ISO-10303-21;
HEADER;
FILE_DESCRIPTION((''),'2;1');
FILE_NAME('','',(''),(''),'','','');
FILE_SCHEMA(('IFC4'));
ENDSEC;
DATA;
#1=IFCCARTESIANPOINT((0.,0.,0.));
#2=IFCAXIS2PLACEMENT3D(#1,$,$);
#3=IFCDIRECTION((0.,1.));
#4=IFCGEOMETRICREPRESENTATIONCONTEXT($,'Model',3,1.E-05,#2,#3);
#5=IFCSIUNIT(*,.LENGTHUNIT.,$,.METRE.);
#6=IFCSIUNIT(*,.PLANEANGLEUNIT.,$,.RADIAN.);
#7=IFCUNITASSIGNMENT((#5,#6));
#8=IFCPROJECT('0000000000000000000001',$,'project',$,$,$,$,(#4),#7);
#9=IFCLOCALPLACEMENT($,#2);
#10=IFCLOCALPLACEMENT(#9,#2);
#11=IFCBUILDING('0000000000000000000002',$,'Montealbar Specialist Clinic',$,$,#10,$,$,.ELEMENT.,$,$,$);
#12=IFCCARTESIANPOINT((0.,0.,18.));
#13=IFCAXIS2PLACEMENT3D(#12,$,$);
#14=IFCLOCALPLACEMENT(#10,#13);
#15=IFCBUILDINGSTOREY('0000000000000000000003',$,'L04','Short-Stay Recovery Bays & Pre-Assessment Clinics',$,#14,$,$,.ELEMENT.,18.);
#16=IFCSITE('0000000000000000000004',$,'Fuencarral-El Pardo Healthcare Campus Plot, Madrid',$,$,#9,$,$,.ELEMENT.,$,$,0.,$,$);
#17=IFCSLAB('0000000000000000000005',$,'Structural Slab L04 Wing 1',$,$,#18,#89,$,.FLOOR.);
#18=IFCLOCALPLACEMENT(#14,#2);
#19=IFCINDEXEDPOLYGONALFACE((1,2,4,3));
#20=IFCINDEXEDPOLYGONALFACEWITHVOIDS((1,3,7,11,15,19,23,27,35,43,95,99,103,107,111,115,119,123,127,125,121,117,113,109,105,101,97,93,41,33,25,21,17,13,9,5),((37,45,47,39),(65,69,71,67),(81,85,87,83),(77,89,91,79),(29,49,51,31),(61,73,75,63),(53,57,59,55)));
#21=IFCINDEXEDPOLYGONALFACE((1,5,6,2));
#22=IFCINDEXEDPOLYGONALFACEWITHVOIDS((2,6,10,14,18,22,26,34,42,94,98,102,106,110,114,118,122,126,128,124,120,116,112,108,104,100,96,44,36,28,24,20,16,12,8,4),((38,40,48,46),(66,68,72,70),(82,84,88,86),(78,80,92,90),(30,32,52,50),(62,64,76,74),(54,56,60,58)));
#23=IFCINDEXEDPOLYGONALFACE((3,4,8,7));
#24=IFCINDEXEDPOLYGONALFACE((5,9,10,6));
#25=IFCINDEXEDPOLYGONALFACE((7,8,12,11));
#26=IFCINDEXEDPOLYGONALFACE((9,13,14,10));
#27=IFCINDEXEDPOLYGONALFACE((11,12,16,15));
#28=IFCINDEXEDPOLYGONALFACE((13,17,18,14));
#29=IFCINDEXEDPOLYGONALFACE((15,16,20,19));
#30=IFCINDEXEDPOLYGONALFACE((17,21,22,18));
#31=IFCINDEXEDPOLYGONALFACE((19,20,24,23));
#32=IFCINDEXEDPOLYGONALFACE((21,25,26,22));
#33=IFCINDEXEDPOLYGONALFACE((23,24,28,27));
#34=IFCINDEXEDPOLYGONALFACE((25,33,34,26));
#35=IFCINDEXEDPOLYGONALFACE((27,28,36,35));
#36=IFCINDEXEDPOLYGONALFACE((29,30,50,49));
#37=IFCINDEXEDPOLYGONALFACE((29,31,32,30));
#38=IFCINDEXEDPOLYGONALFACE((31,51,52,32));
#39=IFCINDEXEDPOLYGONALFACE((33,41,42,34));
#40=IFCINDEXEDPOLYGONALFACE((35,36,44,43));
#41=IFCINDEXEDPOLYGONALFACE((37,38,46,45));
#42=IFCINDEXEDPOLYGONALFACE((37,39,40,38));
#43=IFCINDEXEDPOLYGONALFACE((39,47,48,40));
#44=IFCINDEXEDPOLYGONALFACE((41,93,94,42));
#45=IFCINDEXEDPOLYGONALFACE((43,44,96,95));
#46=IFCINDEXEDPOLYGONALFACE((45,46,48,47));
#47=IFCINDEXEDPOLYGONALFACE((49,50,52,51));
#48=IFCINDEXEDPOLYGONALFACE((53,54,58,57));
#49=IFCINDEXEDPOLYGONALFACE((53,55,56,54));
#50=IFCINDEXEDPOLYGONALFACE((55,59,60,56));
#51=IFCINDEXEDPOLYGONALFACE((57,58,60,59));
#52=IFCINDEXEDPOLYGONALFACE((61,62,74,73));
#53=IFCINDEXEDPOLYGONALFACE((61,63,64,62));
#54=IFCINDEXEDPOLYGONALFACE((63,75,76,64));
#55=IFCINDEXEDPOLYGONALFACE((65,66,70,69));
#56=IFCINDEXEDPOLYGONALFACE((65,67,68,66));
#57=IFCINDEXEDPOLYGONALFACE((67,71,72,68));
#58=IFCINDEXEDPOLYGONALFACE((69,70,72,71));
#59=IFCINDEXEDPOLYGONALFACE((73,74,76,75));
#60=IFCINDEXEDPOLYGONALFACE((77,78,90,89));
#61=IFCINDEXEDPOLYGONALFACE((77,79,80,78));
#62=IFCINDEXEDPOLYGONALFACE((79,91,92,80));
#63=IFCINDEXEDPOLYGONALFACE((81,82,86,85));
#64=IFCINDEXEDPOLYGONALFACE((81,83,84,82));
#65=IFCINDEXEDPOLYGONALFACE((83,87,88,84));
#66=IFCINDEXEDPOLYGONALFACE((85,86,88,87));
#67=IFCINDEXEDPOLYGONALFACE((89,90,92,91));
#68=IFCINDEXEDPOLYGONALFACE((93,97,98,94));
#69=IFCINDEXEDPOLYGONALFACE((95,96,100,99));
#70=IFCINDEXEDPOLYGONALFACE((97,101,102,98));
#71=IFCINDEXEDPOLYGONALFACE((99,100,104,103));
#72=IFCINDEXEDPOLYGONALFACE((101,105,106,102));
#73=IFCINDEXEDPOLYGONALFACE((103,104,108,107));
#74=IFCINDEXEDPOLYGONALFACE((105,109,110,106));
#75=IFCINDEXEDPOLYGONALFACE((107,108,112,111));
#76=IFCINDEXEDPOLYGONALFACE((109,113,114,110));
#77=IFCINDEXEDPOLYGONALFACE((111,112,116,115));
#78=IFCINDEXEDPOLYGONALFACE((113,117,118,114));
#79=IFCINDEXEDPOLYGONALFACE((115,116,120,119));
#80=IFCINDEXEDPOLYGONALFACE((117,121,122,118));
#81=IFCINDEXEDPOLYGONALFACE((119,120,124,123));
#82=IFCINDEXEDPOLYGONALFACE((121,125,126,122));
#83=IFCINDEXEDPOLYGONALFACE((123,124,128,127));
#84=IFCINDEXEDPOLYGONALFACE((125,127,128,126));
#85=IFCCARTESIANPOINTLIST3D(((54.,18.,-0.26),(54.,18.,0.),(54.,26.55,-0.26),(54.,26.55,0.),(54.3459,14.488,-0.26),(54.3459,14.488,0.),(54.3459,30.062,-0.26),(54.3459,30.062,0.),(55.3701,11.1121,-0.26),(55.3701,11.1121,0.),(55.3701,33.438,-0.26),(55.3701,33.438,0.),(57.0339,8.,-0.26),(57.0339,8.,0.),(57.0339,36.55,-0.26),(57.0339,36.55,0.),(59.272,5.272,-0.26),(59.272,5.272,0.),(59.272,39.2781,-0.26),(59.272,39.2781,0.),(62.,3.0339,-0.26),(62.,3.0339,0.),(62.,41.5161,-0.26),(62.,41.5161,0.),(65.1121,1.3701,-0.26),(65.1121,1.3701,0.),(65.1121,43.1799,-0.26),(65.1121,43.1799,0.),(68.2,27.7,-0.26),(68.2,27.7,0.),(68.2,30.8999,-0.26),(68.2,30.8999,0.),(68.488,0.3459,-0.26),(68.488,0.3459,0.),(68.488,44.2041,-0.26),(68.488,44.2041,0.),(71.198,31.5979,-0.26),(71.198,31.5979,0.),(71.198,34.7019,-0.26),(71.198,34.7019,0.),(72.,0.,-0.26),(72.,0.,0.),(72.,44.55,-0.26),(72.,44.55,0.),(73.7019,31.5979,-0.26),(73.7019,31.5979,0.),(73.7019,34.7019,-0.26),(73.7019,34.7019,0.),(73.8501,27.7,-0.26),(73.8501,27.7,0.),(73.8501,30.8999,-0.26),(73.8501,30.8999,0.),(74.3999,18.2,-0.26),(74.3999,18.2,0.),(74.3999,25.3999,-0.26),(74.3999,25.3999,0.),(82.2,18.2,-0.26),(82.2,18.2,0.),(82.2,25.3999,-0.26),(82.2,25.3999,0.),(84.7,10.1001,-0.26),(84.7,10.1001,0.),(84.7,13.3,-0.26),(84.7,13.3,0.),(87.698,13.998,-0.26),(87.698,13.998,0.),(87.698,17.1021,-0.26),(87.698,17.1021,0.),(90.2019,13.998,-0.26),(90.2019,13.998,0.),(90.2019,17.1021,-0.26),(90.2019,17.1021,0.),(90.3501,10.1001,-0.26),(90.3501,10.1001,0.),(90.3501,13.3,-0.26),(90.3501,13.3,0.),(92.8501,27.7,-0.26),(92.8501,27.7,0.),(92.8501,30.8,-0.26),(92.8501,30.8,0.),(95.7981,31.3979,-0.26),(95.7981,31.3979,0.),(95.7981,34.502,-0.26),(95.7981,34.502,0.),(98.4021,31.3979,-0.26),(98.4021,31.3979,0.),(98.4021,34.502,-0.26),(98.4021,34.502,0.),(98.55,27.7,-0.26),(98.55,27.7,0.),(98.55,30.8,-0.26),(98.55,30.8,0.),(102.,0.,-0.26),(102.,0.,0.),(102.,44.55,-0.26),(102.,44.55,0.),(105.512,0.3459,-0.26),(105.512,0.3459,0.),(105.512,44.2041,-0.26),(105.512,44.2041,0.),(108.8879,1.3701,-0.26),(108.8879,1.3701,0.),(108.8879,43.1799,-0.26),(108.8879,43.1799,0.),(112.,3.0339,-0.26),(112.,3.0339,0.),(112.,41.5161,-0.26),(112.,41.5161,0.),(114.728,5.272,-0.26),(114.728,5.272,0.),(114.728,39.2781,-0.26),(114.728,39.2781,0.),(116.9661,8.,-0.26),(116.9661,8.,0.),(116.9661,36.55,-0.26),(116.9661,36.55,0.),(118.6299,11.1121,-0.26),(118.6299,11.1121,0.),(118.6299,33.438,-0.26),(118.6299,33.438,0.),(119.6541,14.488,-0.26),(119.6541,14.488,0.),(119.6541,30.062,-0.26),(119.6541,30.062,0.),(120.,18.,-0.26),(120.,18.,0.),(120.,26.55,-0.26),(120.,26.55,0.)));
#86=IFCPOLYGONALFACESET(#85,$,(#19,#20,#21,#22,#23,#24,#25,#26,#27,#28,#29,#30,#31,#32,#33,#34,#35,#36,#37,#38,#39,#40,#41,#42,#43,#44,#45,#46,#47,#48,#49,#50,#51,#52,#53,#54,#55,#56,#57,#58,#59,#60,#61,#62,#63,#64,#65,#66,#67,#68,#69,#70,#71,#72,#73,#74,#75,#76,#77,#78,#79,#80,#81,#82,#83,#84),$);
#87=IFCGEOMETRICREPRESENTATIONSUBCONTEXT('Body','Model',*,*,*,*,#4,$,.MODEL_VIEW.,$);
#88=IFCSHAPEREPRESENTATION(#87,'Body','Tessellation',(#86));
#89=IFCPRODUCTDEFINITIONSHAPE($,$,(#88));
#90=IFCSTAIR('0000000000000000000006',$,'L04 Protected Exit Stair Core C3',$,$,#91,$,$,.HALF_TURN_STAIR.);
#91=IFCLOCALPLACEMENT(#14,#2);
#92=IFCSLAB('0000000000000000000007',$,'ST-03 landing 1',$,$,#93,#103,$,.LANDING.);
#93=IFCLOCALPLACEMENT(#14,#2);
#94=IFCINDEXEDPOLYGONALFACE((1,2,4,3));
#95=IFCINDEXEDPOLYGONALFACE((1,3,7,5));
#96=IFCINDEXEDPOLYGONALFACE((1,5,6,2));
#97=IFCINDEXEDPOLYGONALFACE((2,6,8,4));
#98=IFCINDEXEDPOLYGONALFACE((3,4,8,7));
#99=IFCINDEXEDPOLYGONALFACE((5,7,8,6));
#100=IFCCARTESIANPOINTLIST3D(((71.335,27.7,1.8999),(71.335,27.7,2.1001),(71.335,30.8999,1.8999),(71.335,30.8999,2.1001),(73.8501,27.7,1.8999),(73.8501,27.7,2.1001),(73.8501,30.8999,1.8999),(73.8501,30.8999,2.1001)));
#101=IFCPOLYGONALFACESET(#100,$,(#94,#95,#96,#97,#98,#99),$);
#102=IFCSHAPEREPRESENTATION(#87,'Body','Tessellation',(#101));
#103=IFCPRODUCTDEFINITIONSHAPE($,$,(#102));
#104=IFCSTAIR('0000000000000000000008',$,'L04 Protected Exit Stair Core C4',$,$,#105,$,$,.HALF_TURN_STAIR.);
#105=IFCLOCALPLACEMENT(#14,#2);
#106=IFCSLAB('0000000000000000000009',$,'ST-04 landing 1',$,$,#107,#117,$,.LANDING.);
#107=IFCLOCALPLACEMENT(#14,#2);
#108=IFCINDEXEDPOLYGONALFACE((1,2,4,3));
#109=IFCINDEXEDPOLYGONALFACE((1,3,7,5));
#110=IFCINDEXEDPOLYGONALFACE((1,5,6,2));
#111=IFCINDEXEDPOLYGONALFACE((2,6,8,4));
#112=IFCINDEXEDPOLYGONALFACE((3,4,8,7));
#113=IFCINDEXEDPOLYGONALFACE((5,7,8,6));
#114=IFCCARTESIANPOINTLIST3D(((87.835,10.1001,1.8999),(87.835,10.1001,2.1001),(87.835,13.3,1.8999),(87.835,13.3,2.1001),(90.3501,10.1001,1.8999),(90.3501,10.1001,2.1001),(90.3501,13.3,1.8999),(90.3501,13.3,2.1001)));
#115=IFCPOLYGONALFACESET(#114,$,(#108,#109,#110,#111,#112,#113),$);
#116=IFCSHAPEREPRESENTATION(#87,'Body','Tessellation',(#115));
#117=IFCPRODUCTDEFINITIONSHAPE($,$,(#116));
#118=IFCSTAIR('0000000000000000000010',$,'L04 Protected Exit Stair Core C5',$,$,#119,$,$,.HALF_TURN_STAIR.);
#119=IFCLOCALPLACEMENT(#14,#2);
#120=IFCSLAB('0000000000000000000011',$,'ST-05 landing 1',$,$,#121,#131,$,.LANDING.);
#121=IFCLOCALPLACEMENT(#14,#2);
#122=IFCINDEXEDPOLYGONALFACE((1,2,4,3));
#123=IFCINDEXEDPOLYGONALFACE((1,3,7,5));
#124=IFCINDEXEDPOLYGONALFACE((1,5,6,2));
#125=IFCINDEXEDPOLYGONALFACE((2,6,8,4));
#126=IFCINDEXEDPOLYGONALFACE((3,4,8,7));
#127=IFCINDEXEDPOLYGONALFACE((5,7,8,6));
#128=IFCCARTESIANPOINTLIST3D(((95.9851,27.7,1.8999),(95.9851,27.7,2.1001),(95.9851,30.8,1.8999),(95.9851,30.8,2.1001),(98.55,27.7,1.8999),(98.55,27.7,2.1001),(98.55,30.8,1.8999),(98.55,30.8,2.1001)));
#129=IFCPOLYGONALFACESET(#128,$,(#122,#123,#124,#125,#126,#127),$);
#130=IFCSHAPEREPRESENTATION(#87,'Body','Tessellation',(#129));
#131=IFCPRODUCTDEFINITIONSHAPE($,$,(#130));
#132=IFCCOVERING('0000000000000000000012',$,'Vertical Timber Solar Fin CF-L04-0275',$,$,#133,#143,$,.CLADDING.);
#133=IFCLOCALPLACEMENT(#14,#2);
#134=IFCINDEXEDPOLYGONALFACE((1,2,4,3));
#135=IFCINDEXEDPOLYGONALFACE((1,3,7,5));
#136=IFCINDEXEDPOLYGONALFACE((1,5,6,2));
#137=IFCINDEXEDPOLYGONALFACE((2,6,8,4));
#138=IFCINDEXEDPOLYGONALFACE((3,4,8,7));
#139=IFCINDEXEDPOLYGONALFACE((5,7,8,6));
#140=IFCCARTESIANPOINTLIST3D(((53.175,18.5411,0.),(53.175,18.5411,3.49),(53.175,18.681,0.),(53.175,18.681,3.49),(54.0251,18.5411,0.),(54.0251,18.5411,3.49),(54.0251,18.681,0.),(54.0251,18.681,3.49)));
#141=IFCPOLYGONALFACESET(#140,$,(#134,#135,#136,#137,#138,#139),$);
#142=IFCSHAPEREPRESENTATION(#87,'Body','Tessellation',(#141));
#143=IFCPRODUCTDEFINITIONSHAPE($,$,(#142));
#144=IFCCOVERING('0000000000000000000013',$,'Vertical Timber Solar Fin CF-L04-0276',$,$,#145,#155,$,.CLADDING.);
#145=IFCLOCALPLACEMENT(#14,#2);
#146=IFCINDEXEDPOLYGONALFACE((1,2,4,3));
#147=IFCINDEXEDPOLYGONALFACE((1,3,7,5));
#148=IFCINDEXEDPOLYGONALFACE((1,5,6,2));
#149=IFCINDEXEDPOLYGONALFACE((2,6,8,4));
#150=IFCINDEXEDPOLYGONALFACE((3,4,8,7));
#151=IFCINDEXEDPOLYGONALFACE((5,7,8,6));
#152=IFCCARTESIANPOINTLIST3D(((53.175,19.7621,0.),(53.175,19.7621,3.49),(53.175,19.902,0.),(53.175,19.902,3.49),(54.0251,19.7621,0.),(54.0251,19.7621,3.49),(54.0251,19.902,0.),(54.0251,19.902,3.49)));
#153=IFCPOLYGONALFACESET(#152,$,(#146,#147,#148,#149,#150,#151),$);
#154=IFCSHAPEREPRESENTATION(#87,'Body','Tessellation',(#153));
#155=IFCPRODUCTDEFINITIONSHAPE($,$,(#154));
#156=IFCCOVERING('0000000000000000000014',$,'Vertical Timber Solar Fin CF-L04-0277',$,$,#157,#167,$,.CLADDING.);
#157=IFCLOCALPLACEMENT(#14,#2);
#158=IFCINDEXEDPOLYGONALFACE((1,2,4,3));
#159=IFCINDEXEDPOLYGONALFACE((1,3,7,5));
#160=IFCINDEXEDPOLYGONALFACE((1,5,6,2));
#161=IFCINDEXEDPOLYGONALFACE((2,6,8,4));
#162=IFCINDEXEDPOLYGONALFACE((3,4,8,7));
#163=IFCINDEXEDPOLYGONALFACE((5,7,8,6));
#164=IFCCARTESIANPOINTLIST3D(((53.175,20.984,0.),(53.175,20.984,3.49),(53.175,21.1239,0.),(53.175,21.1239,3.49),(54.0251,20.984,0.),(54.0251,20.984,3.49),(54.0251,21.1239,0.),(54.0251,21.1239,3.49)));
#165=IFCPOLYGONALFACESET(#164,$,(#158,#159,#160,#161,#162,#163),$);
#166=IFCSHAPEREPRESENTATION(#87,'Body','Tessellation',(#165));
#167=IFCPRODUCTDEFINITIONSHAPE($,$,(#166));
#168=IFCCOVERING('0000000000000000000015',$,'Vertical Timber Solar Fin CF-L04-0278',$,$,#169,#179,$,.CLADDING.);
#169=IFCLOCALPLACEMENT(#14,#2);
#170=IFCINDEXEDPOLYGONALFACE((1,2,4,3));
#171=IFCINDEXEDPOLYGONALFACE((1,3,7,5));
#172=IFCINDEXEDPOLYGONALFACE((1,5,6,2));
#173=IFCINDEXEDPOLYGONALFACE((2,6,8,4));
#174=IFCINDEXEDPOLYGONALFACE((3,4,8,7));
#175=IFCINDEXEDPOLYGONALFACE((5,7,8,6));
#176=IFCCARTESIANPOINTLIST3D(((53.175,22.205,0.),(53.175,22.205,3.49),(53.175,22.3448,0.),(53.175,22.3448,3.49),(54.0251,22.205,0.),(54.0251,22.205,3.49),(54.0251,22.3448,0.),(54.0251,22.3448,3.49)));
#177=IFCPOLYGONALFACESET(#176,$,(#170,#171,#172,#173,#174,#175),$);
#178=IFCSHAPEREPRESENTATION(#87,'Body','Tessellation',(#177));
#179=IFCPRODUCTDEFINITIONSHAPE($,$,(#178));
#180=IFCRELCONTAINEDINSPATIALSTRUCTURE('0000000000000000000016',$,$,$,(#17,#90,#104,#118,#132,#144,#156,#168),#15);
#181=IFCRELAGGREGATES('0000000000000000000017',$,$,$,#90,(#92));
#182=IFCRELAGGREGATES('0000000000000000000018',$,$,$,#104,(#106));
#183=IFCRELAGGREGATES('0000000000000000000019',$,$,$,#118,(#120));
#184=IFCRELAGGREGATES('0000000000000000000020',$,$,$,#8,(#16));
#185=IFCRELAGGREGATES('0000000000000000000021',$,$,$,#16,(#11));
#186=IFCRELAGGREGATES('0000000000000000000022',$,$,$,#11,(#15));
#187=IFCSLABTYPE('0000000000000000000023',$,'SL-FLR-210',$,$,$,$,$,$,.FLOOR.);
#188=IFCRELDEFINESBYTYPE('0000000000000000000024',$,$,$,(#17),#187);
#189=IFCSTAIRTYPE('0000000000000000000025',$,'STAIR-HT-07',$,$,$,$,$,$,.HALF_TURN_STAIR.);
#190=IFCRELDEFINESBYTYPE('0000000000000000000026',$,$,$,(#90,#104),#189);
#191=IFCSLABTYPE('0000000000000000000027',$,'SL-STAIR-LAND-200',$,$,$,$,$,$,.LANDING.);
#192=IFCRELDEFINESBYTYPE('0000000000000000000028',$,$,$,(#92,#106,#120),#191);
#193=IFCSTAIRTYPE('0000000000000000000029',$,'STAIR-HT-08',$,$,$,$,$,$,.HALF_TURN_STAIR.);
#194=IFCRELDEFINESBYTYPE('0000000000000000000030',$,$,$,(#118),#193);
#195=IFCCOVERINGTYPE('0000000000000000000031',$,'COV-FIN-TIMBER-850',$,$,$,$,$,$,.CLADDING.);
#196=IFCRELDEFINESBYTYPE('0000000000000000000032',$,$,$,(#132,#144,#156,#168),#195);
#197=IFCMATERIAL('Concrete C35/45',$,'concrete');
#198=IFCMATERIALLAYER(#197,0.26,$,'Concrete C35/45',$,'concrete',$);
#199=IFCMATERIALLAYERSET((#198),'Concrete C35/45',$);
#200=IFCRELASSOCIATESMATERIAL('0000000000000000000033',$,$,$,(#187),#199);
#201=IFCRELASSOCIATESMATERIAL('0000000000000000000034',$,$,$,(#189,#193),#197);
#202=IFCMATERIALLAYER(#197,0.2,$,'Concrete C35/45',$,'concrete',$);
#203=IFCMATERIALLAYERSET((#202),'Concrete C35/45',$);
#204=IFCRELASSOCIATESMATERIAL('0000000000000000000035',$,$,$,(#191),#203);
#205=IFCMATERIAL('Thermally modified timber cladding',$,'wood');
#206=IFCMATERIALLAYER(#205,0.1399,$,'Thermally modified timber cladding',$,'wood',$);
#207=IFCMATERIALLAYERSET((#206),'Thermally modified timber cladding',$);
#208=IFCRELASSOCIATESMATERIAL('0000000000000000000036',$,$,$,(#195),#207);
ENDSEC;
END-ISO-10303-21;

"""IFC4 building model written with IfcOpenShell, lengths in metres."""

from ifc_helpers import new_model, si_unit, direction, frame, origin, origin_2d, place, context, subcontext, project, spatial, polyline, rectangle, outline, extrude, material, layer, layer_set, type_object, element, aggregate, save


model = new_model("IFC4")

# Units and contexts
model_context = context("Model", 3, precision=1e-05, world=origin(), true_north=direction((0.0, 1.0)))
body_context = subcontext(model_context, "Body", "Model", "MODEL_VIEW")
ifc_project = project(units=[si_unit("LENGTHUNIT", "METRE"), si_unit("PLANEANGLEUNIT", "RADIAN")], contexts=[model_context])

# Site, building, storey
site_placement = place(None, origin())
site = spatial("IfcSite", under=ifc_project, at=site_placement, Name="Fuencarral-El Pardo Healthcare Campus Plot, Madrid", CompositionType="ELEMENT", RefElevation=0.0)
building_placement = place(site_placement, origin())
building = spatial("IfcBuilding", under=site, at=building_placement, Name="Montealbar Specialist Clinic", CompositionType="ELEMENT")
storey_placement = place(building_placement, frame((0.0, 0.0, 18.0)))
storey = spatial("IfcBuildingStorey", under=building, at=storey_placement, Name="L04", Description="Short-Stay Recovery Bays & Pre-Assessment Clinics", CompositionType="ELEMENT", Elevation=18.0)

# Slab, openings
ifc_material_1 = material(Name="Concrete C35/45", Category="concrete")
ifc_layer_1 = layer(ifc_material_1, 0.26, Name="Concrete C35/45", Category="concrete")
ifc_layer_set_1 = layer_set([ifc_layer_1], Name="Concrete C35/45")
slab_type_1 = type_object("IfcSlabType", Name="SL-FLR-210", PredefinedType="FLOOR", material=ifc_layer_set_1)
slab_1_placement = place(storey_placement, frame((0.0, 0.0, -0.26)))
slab_1 = element("IfcSlab", 1, at=slab_1_placement, inside=storey, type_object=slab_type_1, Name="Structural Slab L04 Wing 1", PredefinedType="FLOOR", context=body_context, shape_type="SweptSolid", body=[
    extrude(outline(polyline([(54.0, 26.55), (54.3459, 30.062), (55.3701, 33.438), (57.0339, 36.55), (59.272, 39.2781), (62.0, 41.5161), (65.1121, 43.1799), (68.488, 44.2041), (72.0, 44.55), (102.0, 44.55), (105.512, 44.2041), (108.8879, 43.1799), (112.0, 41.5161), (114.728, 39.2781), (116.9661, 36.55), (118.6299, 33.438), (119.6541, 30.062), (120.0, 26.55), (120.0, 18.0), (119.6541, 14.488), (118.6299, 11.1121), (116.9661, 8.0), (114.728, 5.272), (112.0, 3.0339), (108.8879, 1.3701), (105.512, 0.3459), (102.0, 0.0), (72.0, 0.0), (68.488, 0.3459), (65.1121, 1.3701), (62.0, 3.0339), (59.272, 5.272), (57.0339, 8.0), (55.3701, 11.1121), (54.3459, 14.488), (54.0, 18.0), (54.0, 26.55)]), holes=[polyline([(82.2, 18.2), (82.2, 25.3999), (74.3999, 25.3999), (74.3999, 18.2), (82.2, 18.2)]), polyline([(84.7, 10.1001), (90.3501, 10.1001), (90.3501, 13.3), (84.7, 13.3), (84.7, 10.1001)]), polyline([(87.698, 17.1021), (87.698, 13.998), (90.2019, 13.998), (90.2019, 17.1021), (87.698, 17.1021)]), polyline([(92.8501, 30.8), (92.8501, 27.7), (98.55, 27.7), (98.55, 30.8), (92.8501, 30.8)]), polyline([(68.2, 27.7), (73.8501, 27.7), (73.8501, 30.8999), (68.2, 30.8999), (68.2, 27.7)]), polyline([(95.7981, 34.502), (95.7981, 31.3979), (98.4021, 31.3979), (98.4021, 34.502), (95.7981, 34.502)]), polyline([(71.198, 34.7019), (71.198, 31.5979), (73.7019, 31.5979), (73.7019, 34.7019), (71.198, 34.7019)])]), origin(), (0.0, 0.0, 1.0), 0.26),
])
opening_1_placement = place(slab_1_placement, frame((71.0249, 29.2998, -0.01)))
element("IfcOpeningElement", 2, at=opening_1_placement, cuts=slab_1, PredefinedType="OPENING", context=body_context, shape_type="SweptSolid", body=[
    extrude(rectangle(XDim=5.6462, YDim=3.196, at=origin_2d()), origin(), (0.0, 0.0, 1.0), 0.28),
])
opening_2_placement = place(slab_1_placement, frame((72.45, 33.1499, -0.01)))
element("IfcOpeningElement", 3, at=opening_2_placement, cuts=slab_1, PredefinedType="OPENING", context=body_context, shape_type="SweptSolid", body=[
    extrude(rectangle(XDim=2.5, YDim=3.1001, at=origin_2d()), origin(), (0.0, 0.0, 1.0), 0.28),
])
opening_3_placement = place(slab_1_placement, frame((87.5249, 11.7002, -0.01)))
element("IfcOpeningElement", 4, at=opening_3_placement, cuts=slab_1, PredefinedType="OPENING", context=body_context, shape_type="SweptSolid", body=[
    extrude(rectangle(XDim=5.6462, YDim=3.196, at=origin_2d()), origin(), (0.0, 0.0, 1.0), 0.28),
])
opening_4_placement = place(slab_1_placement, frame((88.95, 15.55, -0.01)))
element("IfcOpeningElement", 5, at=opening_4_placement, cuts=slab_1, PredefinedType="OPENING", context=body_context, shape_type="SweptSolid", body=[
    extrude(rectangle(XDim=2.5, YDim=3.1001, at=origin_2d()), origin(), (0.0, 0.0, 1.0), 0.28),
])
opening_5_placement = place(slab_1_placement, frame((95.7002, 29.25, -0.01)))
element("IfcOpeningElement", 6, at=opening_5_placement, cuts=slab_1, PredefinedType="OPENING", context=body_context, shape_type="SweptSolid", body=[
    extrude(rectangle(XDim=5.696, YDim=3.0962, at=origin_2d()), origin(), (0.0, 0.0, 1.0), 0.28),
])
opening_6_placement = place(slab_1_placement, frame((97.1001, 32.95, -0.01)))
element("IfcOpeningElement", 7, at=opening_6_placement, cuts=slab_1, PredefinedType="OPENING", context=body_context, shape_type="SweptSolid", body=[
    extrude(rectangle(XDim=2.6001, YDim=3.1001, at=origin_2d()), origin(), (0.0, 0.0, 1.0), 0.28),
])

# Stairs, slabs
stair_type_1 = type_object("IfcStairType", Name="STAIR-HT-07", PredefinedType="HALF_TURN_STAIR", material=ifc_material_1)
stair_1_placement = place(storey_placement, origin())
stair_1 = element("IfcStair", 8, at=stair_1_placement, inside=storey, type_object=stair_type_1, Name="L04 Protected Exit Stair Core C3", PredefinedType="HALF_TURN_STAIR")
ifc_layer_2 = layer(ifc_material_1, 0.2, Name="Concrete C35/45", Category="concrete")
ifc_layer_set_2 = layer_set([ifc_layer_2], Name="Concrete C35/45")
slab_type_2 = type_object("IfcSlabType", Name="SL-STAIR-LAND-200", PredefinedType="LANDING", material=ifc_layer_set_2)
slab_2_placement = place(storey_placement, frame((0.0, 0.0, 1.8999)))
slab_2 = element("IfcSlab", 9, at=slab_2_placement, type_object=slab_type_2, Name="ST-03 landing 1", PredefinedType="LANDING", context=body_context, shape_type="SweptSolid", body=[
    extrude(outline(polyline([(71.335, 27.7), (73.8501, 27.7), (73.8501, 30.8999), (71.335, 30.8999), (71.335, 27.7)])), origin(), (0.0, 0.0, 1.0), 0.2002),
])
aggregate(stair_1, [slab_2])
stair_2_placement = place(storey_placement, origin())
stair_2 = element("IfcStair", 10, at=stair_2_placement, inside=storey, type_object=stair_type_1, Name="L04 Protected Exit Stair Core C4", PredefinedType="HALF_TURN_STAIR")
slab_3_placement = place(storey_placement, frame((0.0, 0.0, 1.8999)))
slab_3 = element("IfcSlab", 11, at=slab_3_placement, type_object=slab_type_2, Name="ST-04 landing 1", PredefinedType="LANDING", context=body_context, shape_type="SweptSolid", body=[
    extrude(outline(polyline([(87.835, 10.1001), (90.3501, 10.1001), (90.3501, 13.3), (87.835, 13.3), (87.835, 10.1001)])), origin(), (0.0, 0.0, 1.0), 0.2002),
])
aggregate(stair_2, [slab_3])
stair_type_2 = type_object("IfcStairType", Name="STAIR-HT-08", PredefinedType="HALF_TURN_STAIR", material=ifc_material_1)
stair_3_placement = place(storey_placement, origin())
stair_3 = element("IfcStair", 12, at=stair_3_placement, inside=storey, type_object=stair_type_2, Name="L04 Protected Exit Stair Core C5", PredefinedType="HALF_TURN_STAIR")
slab_4_placement = place(storey_placement, frame((0.0, 0.0, 1.8999)))
slab_4 = element("IfcSlab", 13, at=slab_4_placement, type_object=slab_type_2, Name="ST-05 landing 1", PredefinedType="LANDING", context=body_context, shape_type="SweptSolid", body=[
    extrude(outline(polyline([(95.9851, 27.7), (98.55, 27.7), (98.55, 30.8), (95.9851, 30.8), (95.9851, 27.7)])), origin(), (0.0, 0.0, 1.0), 0.2002),
])
aggregate(stair_3, [slab_4])

# Coverings
ifc_material_2 = material(Name="Thermally modified timber cladding", Category="wood")
ifc_layer_3 = layer(ifc_material_2, 0.1399, Name="Thermally modified timber cladding", Category="wood")
ifc_layer_set_3 = layer_set([ifc_layer_3], Name="Thermally modified timber cladding")
covering_type_1 = type_object("IfcCoveringType", Name="COV-FIN-TIMBER-850", PredefinedType="CLADDING", material=ifc_layer_set_3)
for number, where, z_axis, x_axis, name in (
    (14, (53.6001, 18.6111, 0.0), (0.0, 0.0, 1.0), (-1.0, 0.0, 0.0), "Vertical Timber Solar Fin CF-L04-0275"),
    (15, (53.6001, 19.832, 0.0), (0.0, 0.0, 1.0), (-1.0, 0.0, 0.0), "Vertical Timber Solar Fin CF-L04-0276"),
    (16, (53.6001, 21.054, 0.0), (0.0, 0.0, 1.0), (-1.0, 0.0, 0.0), "Vertical Timber Solar Fin CF-L04-0277"),
    (17, (53.6001, 22.2749, 0.0), (0.0, 0.0, 1.0), (-1.0, 0.0, 0.0), "Vertical Timber Solar Fin CF-L04-0278"),
):
    element("IfcCovering", number, at=place(storey_placement, frame(where, z_axis=z_axis, x_axis=x_axis)), inside=storey, type_object=covering_type_1, Name=name, PredefinedType="CLADDING", context=body_context, shape_type="SweptSolid", body=[
        extrude(rectangle(XDim=0.8501, YDim=0.1399, at=origin_2d()), origin(), (0.0, 0.0, 1.0), 3.49),
    ])

save(model, "model.ifc")
